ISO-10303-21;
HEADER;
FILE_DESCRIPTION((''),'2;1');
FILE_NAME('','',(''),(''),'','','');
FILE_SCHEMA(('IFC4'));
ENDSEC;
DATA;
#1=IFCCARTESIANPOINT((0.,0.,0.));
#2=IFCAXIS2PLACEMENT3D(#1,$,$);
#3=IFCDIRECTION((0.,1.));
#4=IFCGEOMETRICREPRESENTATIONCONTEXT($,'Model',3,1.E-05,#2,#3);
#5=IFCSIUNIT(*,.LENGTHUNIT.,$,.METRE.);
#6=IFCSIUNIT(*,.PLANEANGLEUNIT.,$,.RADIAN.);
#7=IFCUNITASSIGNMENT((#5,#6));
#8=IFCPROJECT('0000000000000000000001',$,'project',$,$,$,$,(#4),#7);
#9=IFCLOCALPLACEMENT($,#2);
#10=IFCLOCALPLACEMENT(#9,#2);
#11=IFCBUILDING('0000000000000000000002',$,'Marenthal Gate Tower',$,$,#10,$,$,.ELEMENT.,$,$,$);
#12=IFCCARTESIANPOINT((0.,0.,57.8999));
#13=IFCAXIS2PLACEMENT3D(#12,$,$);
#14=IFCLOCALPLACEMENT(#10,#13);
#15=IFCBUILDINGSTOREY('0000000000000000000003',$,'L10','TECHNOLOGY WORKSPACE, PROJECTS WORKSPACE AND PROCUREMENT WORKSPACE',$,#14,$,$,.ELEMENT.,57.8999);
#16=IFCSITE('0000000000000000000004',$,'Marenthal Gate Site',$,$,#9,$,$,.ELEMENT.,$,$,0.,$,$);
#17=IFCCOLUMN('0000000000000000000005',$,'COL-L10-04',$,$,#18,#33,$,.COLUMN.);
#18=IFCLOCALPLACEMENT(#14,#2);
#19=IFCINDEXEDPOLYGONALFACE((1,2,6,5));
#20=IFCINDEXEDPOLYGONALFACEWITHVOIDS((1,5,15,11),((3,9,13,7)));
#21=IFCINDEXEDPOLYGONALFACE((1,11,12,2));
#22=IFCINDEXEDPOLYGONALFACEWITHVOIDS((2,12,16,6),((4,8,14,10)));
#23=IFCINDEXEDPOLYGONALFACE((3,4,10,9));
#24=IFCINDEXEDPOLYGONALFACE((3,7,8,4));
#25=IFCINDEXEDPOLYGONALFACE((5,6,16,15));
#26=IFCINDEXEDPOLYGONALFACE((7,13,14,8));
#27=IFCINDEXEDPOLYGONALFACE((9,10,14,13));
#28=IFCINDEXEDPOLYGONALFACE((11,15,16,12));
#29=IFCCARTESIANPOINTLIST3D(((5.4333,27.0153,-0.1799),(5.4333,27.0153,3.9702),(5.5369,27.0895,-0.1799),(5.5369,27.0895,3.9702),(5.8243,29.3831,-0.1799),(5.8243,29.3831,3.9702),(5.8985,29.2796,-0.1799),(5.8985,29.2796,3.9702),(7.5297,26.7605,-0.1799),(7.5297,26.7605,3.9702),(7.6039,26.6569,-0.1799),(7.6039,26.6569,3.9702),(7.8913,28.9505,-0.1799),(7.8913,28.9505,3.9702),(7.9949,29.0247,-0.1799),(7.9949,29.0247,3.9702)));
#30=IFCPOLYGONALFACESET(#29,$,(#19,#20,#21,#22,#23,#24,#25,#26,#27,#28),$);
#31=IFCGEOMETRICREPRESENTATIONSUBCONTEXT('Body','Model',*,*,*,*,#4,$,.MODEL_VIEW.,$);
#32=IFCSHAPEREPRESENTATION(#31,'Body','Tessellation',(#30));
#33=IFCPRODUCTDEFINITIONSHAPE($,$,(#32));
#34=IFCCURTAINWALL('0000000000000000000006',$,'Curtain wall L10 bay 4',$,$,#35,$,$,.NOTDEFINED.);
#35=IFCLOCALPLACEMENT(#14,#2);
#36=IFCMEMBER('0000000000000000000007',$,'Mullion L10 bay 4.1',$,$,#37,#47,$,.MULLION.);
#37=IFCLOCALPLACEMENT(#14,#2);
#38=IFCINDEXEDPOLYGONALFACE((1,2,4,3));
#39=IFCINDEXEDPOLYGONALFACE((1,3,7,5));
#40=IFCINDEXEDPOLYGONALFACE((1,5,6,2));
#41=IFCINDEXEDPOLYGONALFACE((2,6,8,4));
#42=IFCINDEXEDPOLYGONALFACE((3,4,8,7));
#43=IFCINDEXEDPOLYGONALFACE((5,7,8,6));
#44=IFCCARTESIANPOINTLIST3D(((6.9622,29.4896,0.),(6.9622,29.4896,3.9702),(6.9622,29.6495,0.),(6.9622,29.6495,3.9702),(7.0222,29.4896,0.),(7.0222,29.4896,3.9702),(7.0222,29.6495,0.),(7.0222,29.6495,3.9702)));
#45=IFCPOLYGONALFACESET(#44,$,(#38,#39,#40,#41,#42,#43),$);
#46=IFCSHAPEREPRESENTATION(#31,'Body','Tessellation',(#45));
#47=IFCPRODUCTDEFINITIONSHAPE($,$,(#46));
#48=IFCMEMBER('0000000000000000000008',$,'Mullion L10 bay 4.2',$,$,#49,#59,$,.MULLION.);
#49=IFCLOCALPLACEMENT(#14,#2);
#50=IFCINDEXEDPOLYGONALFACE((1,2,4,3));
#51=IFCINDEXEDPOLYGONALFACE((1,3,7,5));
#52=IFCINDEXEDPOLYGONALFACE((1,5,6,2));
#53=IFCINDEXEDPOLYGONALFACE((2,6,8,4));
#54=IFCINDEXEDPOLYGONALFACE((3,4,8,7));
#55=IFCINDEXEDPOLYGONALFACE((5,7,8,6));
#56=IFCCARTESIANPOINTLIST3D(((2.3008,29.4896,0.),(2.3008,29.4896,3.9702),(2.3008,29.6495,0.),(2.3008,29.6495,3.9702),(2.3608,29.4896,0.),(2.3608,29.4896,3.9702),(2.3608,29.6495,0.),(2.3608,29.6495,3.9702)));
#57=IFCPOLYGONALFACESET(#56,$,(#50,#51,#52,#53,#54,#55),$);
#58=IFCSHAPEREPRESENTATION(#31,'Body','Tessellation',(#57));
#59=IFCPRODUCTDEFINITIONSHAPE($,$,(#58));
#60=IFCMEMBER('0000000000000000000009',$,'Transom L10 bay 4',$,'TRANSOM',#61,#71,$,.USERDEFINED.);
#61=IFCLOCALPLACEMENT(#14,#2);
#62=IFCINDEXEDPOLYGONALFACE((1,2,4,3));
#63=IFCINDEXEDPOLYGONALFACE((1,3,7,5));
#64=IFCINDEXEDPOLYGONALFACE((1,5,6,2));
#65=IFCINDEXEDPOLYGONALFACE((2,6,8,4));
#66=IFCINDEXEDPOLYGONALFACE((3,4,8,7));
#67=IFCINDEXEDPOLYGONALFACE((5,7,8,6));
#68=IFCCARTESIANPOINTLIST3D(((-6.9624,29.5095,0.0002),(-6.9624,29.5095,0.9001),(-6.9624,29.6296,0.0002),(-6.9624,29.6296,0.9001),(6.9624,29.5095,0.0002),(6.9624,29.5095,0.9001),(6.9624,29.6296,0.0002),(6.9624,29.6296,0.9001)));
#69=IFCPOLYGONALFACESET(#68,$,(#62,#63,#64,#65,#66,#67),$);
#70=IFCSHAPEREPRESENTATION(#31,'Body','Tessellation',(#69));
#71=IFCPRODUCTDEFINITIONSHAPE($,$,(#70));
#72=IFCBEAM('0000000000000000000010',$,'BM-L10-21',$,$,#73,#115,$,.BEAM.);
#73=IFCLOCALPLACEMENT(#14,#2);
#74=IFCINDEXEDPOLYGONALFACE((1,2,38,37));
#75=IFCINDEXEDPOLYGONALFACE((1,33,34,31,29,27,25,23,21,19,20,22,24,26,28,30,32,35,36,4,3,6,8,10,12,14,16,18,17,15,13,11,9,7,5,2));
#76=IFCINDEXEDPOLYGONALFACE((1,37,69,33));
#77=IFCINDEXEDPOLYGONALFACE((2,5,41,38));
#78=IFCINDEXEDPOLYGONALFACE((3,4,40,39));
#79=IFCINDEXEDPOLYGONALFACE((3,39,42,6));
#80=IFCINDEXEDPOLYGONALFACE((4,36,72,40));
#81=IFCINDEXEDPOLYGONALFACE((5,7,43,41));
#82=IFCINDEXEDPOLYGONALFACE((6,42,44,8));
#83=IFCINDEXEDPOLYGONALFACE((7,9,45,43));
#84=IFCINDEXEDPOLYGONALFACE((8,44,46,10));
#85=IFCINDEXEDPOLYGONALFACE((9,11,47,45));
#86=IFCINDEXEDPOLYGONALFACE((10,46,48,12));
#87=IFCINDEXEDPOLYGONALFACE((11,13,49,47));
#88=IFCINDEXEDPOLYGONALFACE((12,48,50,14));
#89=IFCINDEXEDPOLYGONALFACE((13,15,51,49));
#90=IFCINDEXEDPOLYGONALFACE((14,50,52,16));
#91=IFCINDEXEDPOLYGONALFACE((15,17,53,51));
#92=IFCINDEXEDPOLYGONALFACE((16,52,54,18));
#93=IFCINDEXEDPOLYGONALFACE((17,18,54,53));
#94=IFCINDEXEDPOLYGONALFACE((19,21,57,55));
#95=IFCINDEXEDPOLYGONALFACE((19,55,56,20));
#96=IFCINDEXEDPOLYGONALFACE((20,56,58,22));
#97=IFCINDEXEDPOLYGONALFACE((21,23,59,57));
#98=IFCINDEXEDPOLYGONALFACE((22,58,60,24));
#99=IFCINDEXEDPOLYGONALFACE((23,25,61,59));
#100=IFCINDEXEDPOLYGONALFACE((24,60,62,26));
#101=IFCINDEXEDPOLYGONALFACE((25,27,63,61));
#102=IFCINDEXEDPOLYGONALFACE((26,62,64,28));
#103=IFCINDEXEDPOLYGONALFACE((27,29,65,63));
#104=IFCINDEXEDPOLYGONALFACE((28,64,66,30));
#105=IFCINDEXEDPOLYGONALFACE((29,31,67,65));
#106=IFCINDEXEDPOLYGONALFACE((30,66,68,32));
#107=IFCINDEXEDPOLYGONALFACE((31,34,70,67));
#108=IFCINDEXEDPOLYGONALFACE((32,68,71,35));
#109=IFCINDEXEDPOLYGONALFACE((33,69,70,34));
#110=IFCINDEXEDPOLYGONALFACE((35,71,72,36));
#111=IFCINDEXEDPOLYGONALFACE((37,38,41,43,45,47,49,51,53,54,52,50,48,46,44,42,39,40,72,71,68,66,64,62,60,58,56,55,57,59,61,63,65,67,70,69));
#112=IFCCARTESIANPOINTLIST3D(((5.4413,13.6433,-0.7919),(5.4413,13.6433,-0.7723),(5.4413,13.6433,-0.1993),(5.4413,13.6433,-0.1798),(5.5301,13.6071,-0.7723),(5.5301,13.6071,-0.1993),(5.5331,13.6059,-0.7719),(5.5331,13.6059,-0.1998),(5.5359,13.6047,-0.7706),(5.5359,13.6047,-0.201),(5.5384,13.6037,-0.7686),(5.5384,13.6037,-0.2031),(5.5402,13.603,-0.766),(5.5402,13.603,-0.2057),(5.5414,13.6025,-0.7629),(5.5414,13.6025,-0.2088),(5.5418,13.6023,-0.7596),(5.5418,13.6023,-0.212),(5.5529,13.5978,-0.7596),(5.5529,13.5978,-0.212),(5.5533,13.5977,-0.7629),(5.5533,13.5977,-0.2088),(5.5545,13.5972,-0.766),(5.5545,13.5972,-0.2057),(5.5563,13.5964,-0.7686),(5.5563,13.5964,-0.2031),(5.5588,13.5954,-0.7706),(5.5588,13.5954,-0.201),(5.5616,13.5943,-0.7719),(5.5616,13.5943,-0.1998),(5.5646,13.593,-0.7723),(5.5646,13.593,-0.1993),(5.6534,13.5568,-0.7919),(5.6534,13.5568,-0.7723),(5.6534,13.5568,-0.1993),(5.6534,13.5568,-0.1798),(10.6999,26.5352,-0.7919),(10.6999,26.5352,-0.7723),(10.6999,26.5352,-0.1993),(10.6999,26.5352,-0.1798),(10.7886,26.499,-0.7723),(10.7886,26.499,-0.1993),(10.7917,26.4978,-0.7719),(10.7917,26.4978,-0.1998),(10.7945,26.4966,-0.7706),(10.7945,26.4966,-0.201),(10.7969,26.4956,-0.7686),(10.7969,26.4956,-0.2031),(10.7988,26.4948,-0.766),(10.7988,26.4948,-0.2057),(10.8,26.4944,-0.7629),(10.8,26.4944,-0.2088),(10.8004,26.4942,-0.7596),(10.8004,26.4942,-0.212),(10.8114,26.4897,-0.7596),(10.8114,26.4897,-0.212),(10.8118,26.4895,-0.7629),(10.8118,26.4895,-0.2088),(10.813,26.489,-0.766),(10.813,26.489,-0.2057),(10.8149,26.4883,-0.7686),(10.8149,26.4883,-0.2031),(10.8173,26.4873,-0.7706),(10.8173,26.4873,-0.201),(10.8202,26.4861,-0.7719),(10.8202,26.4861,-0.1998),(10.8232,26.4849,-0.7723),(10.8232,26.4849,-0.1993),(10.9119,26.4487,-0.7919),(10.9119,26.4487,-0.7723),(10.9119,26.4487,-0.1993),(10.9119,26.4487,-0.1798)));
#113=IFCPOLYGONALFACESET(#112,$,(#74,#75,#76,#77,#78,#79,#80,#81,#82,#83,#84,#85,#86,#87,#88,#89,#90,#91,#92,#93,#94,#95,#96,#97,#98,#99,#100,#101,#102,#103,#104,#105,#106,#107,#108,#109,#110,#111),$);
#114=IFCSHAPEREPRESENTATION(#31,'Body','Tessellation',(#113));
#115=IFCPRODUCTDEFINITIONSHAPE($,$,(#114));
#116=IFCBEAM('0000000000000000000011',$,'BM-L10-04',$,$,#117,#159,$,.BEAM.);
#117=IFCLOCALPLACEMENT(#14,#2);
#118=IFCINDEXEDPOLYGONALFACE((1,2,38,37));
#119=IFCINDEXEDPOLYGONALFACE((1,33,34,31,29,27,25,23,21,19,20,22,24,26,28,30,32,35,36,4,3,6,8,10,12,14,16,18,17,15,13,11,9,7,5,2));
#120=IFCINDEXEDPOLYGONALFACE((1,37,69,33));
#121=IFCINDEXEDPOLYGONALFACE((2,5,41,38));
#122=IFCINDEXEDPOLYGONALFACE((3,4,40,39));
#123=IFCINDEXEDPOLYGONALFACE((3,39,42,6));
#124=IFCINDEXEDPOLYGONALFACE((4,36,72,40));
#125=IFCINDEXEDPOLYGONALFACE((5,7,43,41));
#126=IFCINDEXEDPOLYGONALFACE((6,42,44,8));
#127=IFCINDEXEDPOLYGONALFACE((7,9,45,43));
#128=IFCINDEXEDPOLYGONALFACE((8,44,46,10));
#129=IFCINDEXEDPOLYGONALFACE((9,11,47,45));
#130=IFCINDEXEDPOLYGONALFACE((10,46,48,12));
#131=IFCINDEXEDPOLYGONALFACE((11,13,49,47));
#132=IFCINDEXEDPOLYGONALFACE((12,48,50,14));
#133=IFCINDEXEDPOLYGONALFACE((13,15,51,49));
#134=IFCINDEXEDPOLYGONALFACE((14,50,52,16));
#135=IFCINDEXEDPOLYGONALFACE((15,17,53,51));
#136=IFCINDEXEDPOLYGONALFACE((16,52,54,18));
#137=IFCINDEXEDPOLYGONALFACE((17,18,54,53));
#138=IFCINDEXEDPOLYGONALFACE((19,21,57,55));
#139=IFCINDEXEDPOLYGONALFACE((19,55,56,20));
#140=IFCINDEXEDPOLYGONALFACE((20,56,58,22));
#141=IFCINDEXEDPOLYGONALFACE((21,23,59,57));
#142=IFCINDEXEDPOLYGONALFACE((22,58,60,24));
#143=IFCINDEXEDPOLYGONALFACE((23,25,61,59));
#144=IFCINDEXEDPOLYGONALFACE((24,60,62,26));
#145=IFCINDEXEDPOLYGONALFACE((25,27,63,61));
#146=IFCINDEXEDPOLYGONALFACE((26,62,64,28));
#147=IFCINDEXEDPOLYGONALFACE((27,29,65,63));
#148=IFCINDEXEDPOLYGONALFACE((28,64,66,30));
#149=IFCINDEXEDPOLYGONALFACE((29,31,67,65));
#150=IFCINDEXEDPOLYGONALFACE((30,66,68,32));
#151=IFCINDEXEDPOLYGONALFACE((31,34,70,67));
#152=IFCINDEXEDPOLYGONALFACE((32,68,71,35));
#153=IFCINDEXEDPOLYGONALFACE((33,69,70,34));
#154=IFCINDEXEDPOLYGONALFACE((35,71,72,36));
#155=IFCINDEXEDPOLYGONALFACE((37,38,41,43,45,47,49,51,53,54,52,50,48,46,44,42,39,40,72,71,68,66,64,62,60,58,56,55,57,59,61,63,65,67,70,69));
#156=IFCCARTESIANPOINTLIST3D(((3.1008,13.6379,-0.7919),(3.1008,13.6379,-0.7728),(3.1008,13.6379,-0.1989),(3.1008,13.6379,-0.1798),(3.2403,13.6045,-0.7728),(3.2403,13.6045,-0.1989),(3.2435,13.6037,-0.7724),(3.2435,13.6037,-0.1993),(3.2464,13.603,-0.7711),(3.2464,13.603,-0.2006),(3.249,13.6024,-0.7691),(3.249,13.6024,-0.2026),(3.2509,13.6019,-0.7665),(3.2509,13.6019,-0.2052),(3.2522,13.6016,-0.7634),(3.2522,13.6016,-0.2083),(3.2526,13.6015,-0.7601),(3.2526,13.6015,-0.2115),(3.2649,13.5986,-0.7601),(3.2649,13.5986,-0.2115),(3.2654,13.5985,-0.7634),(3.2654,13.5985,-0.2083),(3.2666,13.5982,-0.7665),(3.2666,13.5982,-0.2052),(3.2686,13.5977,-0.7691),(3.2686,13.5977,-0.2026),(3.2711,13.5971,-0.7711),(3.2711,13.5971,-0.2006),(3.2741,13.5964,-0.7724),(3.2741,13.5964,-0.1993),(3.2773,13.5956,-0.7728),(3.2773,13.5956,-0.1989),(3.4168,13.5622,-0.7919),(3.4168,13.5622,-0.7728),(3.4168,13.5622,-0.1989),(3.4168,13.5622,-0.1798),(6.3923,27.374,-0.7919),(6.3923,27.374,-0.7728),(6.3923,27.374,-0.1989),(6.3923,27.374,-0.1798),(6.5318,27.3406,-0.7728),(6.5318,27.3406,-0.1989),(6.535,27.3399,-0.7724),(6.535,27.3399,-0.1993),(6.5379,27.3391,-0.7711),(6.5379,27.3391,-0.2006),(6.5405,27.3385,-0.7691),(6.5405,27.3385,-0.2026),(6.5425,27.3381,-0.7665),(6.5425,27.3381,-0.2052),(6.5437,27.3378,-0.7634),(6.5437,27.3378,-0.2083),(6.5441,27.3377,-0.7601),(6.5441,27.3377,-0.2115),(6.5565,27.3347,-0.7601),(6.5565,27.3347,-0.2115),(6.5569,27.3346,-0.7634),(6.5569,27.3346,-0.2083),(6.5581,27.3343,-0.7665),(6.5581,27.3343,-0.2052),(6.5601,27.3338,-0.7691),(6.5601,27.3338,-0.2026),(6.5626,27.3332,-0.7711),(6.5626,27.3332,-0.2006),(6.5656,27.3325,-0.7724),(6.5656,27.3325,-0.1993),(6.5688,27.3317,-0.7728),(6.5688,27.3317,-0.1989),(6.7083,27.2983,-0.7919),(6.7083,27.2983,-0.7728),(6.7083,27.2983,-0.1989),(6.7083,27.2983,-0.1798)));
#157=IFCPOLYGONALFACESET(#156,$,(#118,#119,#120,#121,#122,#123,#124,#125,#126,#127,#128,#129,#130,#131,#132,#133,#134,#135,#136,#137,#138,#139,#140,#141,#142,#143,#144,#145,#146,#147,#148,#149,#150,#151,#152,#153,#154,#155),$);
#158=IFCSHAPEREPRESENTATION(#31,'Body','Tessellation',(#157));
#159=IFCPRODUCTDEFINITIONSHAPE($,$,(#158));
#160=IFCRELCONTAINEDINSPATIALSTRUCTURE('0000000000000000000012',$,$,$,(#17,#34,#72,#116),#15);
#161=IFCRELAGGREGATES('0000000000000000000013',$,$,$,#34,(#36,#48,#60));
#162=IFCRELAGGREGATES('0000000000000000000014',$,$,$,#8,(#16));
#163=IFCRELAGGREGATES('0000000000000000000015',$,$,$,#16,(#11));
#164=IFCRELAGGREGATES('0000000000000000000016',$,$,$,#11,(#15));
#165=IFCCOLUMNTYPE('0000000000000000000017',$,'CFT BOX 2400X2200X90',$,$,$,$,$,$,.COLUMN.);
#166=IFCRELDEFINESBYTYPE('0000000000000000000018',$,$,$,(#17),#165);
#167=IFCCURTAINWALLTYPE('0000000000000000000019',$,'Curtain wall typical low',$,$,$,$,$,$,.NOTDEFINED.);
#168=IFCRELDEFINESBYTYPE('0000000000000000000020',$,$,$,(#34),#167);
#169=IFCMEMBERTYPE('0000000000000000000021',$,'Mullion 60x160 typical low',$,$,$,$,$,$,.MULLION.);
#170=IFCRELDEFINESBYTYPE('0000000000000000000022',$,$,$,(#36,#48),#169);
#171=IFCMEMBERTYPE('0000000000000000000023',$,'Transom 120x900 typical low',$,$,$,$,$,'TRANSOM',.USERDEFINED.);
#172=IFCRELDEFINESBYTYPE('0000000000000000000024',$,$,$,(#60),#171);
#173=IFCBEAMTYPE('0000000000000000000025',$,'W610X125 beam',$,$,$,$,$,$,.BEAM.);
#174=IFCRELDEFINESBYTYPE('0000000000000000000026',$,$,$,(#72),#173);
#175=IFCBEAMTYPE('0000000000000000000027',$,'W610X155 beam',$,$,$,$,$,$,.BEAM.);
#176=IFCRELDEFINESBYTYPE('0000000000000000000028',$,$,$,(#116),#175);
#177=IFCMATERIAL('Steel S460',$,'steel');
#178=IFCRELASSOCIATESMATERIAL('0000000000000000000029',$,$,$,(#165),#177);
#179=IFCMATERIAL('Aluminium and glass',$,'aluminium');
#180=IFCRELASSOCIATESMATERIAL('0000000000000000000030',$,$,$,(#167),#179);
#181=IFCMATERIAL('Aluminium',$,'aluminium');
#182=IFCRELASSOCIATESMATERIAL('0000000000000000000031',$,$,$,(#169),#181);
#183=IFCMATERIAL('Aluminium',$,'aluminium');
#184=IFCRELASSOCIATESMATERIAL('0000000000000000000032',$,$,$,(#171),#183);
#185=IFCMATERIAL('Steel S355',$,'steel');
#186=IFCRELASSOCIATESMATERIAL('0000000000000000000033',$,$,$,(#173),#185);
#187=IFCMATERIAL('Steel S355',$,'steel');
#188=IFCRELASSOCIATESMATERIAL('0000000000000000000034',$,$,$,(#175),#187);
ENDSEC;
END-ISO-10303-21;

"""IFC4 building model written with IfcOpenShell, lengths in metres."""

from ifc_helpers import new_model, si_unit, direction, frame, origin, origin_2d, place, context, subcontext, project, spatial, rectangle, hollow_rectangle, i_section, extrude, material, material_profile, profile_set, type_object, element, aggregate, save


model = new_model("IFC4")

# Units and contexts
model_context = context("Model", 3, precision=1e-05, world=origin(), true_north=direction((0.0, 1.0)))
body_context = subcontext(model_context, "Body", "Model", "MODEL_VIEW")
ifc_project = project(units=[si_unit("LENGTHUNIT", "METRE"), si_unit("PLANEANGLEUNIT", "RADIAN")], contexts=[model_context])

# Site, building, storey
site_placement = place(None, origin())
site = spatial("IfcSite", under=ifc_project, at=site_placement, Name="Marenthal Gate Site", CompositionType="ELEMENT", RefElevation=0.0)
building_placement = place(site_placement, origin())
building = spatial("IfcBuilding", under=site, at=building_placement, Name="Marenthal Gate Tower", CompositionType="ELEMENT")
storey_placement = place(building_placement, frame((0.0, 0.0, 57.8999)))
storey = spatial("IfcBuildingStorey", under=building, at=storey_placement, Name="L10", Description="TECHNOLOGY WORKSPACE, PROJECTS WORKSPACE AND PROCUREMENT WORKSPACE", CompositionType="ELEMENT", Elevation=57.8999)

# Column
ifc_material_1 = material(Name="Steel S460", Category="steel")
ifc_material_profile_1 = material_profile(ifc_material_1, hollow_rectangle(XDim=2.2, YDim=2.3999, WallThickness=0.0901, at=origin_2d()), Name="CFT BOX 2400X2200X90")
ifc_material_2 = material(Name="Concrete 70 MPa", Category="concrete")
ifc_material_profile_2 = material_profile(ifc_material_2, rectangle(XDim=2.02, YDim=2.22, at=origin_2d()), Name="CFT BOX 2400X2200X90 INFILL")
ifc_profile_set_1 = profile_set([ifc_material_profile_1, ifc_material_profile_2], Name="Steel S460 shell, Concrete 70 MPa infill")
column_type = type_object("IfcColumnType", Name="CFT BOX 2400X2200X90", PredefinedType="COLUMN", material=ifc_profile_set_1)
column_placement = place(storey_placement, frame((6.7141, 28.02, -0.1799), z_axis=(0.0, 0.0, 1.0), x_axis=(0.98664, -0.162918, 0.0)))
element("IfcColumn", 1, at=column_placement, inside=storey, type_object=column_type, Name="COL-L10-04", PredefinedType="COLUMN", context=body_context, shape_type="SweptSolid", body=[
    extrude(hollow_rectangle(XDim=2.2, YDim=2.3999, WallThickness=0.0901, at=origin_2d()), origin(), (0.0, 0.0, 1.0), 4.1501),
])

# Curtain wall, members
ifc_material_3 = material(Name="Aluminium and glass", Category="aluminium")
curtain_wall_type = type_object("IfcCurtainWallType", Name="Curtain wall typical low", PredefinedType="NOTDEFINED", material=ifc_material_3)
curtain_wall_placement = place(storey_placement, origin())
curtain_wall = element("IfcCurtainWall", 2, at=curtain_wall_placement, inside=storey, type_object=curtain_wall_type, Name="Curtain wall L10 bay 4", PredefinedType="NOTDEFINED")
ifc_material_4 = material(Name="Aluminium", Category="aluminium")
ifc_material_profile_3 = material_profile(ifc_material_4, rectangle(XDim=0.1599, YDim=0.0601, at=origin_2d()), Name="60x160 aluminium mullion")
ifc_profile_set_2 = profile_set([ifc_material_profile_3], Name="Aluminium")
member_type_1 = type_object("IfcMemberType", Name="Mullion 60x160 typical low", PredefinedType="MULLION", material=ifc_profile_set_2)
member_1_placement = place(storey_placement, frame((6.9922, 29.5696, 0.0), z_axis=(0.0, 0.0, 1.0), x_axis=(0.0, -1.0, 0.0)))
member_1 = element("IfcMember", 3, at=member_1_placement, type_object=member_type_1, Name="Mullion L10 bay 4.1", PredefinedType="MULLION", context=body_context, shape_type="SweptSolid", body=[
    extrude(rectangle(XDim=0.1599, YDim=0.0601, at=origin_2d()), origin(), (0.0, 0.0, 1.0), 3.9702),
])
member_2_placement = place(storey_placement, frame((2.3308, 29.5696, 0.0), z_axis=(0.0, 0.0, 1.0), x_axis=(0.0, -1.0, 0.0)))
member_2 = element("IfcMember", 4, at=member_2_placement, type_object=member_type_1, Name="Mullion L10 bay 4.2", PredefinedType="MULLION", context=body_context, shape_type="SweptSolid", body=[
    extrude(rectangle(XDim=0.1599, YDim=0.0601, at=origin_2d()), origin(), (0.0, 0.0, 1.0), 3.9702),
])
ifc_material_5 = material(Name="Aluminium", Category="aluminium")
ifc_material_profile_4 = material_profile(ifc_material_5, rectangle(XDim=0.1201, YDim=0.8999, at=origin_2d()), Name="120x900 aluminium transom")
ifc_profile_set_3 = profile_set([ifc_material_profile_4], Name="Aluminium")
member_type_2 = type_object("IfcMemberType", Name="Transom 120x900 typical low", ElementType="TRANSOM", PredefinedType="USERDEFINED", material=ifc_profile_set_3)
member_3_placement = place(storey_placement, frame((6.9624, 29.5696, 0.4502), z_axis=(-1.0, 0.0, 0.0), x_axis=(0.0, -1.0, 0.0)))
member_3 = element("IfcMember", 5, at=member_3_placement, type_object=member_type_2, Name="Transom L10 bay 4", ObjectType="TRANSOM", PredefinedType="USERDEFINED", context=body_context, shape_type="SweptSolid", body=[
    extrude(rectangle(XDim=0.1201, YDim=0.8999, at=origin_2d()), origin(), (0.0, 0.0, 1.0), 13.9248),
])

# Beams
ifc_material_6 = material(Name="Steel S355", Category="steel")
ifc_material_profile_5 = material_profile(ifc_material_6, i_section(OverallWidth=0.229, OverallDepth=0.6121, WebThickness=0.012, FlangeThickness=0.0195, FilletRadius=0.0127, at=origin_2d()), Name="W610X125")
ifc_profile_set_4 = profile_set([ifc_material_profile_5], Name="Steel S355")
beam_type_1 = type_object("IfcBeamType", Name="W610X125 beam", PredefinedType="BEAM", material=ifc_profile_set_4)
beam_1_placement = place(storey_placement, frame((10.8059, 26.4919, -0.4858), z_axis=(-0.377686, -0.925934, 0.0), x_axis=(0.925934, -0.377686, 0.0)))
element("IfcBeam", 6, at=beam_1_placement, inside=storey, type_object=beam_type_1, Name="BM-L10-21", PredefinedType="BEAM", context=body_context, shape_type="SweptSolid", body=[
    extrude(i_section(OverallWidth=0.229, OverallDepth=0.6121, WebThickness=0.012, FlangeThickness=0.0195, FilletRadius=0.0127, at=origin_2d()), origin(), (0.0, 0.0, 1.0), 13.9231),
])
ifc_material_7 = material(Name="Steel S355", Category="steel")
ifc_material_profile_6 = material_profile(ifc_material_7, i_section(OverallWidth=0.325, OverallDepth=0.6121, WebThickness=0.0127, FlangeThickness=0.019, FilletRadius=0.0127, at=origin_2d()), Name="W610X155")
ifc_profile_set_5 = profile_set([ifc_material_profile_6], Name="Steel S355")
beam_type_2 = type_object("IfcBeamType", Name="W610X155 beam", PredefinedType="BEAM", material=ifc_profile_set_5)
beam_2_placement = place(storey_placement, frame((6.5503, 27.3362, -0.4858), z_axis=(-0.233028, -0.97247, 0.0), x_axis=(0.97247, -0.233028, 0.0)))
element("IfcBeam", 7, at=beam_2_placement, inside=storey, type_object=beam_type_2, Name="BM-L10-04", PredefinedType="BEAM", context=body_context, shape_type="SweptSolid", body=[
    extrude(i_section(OverallWidth=0.325, OverallDepth=0.6121, WebThickness=0.0127, FlangeThickness=0.019, FilletRadius=0.0127, at=origin_2d()), origin(), (0.0, 0.0, 1.0), 14.125),
])

aggregate(curtain_wall, [member_1, member_2, member_3])

save(model, "model.ifc")
